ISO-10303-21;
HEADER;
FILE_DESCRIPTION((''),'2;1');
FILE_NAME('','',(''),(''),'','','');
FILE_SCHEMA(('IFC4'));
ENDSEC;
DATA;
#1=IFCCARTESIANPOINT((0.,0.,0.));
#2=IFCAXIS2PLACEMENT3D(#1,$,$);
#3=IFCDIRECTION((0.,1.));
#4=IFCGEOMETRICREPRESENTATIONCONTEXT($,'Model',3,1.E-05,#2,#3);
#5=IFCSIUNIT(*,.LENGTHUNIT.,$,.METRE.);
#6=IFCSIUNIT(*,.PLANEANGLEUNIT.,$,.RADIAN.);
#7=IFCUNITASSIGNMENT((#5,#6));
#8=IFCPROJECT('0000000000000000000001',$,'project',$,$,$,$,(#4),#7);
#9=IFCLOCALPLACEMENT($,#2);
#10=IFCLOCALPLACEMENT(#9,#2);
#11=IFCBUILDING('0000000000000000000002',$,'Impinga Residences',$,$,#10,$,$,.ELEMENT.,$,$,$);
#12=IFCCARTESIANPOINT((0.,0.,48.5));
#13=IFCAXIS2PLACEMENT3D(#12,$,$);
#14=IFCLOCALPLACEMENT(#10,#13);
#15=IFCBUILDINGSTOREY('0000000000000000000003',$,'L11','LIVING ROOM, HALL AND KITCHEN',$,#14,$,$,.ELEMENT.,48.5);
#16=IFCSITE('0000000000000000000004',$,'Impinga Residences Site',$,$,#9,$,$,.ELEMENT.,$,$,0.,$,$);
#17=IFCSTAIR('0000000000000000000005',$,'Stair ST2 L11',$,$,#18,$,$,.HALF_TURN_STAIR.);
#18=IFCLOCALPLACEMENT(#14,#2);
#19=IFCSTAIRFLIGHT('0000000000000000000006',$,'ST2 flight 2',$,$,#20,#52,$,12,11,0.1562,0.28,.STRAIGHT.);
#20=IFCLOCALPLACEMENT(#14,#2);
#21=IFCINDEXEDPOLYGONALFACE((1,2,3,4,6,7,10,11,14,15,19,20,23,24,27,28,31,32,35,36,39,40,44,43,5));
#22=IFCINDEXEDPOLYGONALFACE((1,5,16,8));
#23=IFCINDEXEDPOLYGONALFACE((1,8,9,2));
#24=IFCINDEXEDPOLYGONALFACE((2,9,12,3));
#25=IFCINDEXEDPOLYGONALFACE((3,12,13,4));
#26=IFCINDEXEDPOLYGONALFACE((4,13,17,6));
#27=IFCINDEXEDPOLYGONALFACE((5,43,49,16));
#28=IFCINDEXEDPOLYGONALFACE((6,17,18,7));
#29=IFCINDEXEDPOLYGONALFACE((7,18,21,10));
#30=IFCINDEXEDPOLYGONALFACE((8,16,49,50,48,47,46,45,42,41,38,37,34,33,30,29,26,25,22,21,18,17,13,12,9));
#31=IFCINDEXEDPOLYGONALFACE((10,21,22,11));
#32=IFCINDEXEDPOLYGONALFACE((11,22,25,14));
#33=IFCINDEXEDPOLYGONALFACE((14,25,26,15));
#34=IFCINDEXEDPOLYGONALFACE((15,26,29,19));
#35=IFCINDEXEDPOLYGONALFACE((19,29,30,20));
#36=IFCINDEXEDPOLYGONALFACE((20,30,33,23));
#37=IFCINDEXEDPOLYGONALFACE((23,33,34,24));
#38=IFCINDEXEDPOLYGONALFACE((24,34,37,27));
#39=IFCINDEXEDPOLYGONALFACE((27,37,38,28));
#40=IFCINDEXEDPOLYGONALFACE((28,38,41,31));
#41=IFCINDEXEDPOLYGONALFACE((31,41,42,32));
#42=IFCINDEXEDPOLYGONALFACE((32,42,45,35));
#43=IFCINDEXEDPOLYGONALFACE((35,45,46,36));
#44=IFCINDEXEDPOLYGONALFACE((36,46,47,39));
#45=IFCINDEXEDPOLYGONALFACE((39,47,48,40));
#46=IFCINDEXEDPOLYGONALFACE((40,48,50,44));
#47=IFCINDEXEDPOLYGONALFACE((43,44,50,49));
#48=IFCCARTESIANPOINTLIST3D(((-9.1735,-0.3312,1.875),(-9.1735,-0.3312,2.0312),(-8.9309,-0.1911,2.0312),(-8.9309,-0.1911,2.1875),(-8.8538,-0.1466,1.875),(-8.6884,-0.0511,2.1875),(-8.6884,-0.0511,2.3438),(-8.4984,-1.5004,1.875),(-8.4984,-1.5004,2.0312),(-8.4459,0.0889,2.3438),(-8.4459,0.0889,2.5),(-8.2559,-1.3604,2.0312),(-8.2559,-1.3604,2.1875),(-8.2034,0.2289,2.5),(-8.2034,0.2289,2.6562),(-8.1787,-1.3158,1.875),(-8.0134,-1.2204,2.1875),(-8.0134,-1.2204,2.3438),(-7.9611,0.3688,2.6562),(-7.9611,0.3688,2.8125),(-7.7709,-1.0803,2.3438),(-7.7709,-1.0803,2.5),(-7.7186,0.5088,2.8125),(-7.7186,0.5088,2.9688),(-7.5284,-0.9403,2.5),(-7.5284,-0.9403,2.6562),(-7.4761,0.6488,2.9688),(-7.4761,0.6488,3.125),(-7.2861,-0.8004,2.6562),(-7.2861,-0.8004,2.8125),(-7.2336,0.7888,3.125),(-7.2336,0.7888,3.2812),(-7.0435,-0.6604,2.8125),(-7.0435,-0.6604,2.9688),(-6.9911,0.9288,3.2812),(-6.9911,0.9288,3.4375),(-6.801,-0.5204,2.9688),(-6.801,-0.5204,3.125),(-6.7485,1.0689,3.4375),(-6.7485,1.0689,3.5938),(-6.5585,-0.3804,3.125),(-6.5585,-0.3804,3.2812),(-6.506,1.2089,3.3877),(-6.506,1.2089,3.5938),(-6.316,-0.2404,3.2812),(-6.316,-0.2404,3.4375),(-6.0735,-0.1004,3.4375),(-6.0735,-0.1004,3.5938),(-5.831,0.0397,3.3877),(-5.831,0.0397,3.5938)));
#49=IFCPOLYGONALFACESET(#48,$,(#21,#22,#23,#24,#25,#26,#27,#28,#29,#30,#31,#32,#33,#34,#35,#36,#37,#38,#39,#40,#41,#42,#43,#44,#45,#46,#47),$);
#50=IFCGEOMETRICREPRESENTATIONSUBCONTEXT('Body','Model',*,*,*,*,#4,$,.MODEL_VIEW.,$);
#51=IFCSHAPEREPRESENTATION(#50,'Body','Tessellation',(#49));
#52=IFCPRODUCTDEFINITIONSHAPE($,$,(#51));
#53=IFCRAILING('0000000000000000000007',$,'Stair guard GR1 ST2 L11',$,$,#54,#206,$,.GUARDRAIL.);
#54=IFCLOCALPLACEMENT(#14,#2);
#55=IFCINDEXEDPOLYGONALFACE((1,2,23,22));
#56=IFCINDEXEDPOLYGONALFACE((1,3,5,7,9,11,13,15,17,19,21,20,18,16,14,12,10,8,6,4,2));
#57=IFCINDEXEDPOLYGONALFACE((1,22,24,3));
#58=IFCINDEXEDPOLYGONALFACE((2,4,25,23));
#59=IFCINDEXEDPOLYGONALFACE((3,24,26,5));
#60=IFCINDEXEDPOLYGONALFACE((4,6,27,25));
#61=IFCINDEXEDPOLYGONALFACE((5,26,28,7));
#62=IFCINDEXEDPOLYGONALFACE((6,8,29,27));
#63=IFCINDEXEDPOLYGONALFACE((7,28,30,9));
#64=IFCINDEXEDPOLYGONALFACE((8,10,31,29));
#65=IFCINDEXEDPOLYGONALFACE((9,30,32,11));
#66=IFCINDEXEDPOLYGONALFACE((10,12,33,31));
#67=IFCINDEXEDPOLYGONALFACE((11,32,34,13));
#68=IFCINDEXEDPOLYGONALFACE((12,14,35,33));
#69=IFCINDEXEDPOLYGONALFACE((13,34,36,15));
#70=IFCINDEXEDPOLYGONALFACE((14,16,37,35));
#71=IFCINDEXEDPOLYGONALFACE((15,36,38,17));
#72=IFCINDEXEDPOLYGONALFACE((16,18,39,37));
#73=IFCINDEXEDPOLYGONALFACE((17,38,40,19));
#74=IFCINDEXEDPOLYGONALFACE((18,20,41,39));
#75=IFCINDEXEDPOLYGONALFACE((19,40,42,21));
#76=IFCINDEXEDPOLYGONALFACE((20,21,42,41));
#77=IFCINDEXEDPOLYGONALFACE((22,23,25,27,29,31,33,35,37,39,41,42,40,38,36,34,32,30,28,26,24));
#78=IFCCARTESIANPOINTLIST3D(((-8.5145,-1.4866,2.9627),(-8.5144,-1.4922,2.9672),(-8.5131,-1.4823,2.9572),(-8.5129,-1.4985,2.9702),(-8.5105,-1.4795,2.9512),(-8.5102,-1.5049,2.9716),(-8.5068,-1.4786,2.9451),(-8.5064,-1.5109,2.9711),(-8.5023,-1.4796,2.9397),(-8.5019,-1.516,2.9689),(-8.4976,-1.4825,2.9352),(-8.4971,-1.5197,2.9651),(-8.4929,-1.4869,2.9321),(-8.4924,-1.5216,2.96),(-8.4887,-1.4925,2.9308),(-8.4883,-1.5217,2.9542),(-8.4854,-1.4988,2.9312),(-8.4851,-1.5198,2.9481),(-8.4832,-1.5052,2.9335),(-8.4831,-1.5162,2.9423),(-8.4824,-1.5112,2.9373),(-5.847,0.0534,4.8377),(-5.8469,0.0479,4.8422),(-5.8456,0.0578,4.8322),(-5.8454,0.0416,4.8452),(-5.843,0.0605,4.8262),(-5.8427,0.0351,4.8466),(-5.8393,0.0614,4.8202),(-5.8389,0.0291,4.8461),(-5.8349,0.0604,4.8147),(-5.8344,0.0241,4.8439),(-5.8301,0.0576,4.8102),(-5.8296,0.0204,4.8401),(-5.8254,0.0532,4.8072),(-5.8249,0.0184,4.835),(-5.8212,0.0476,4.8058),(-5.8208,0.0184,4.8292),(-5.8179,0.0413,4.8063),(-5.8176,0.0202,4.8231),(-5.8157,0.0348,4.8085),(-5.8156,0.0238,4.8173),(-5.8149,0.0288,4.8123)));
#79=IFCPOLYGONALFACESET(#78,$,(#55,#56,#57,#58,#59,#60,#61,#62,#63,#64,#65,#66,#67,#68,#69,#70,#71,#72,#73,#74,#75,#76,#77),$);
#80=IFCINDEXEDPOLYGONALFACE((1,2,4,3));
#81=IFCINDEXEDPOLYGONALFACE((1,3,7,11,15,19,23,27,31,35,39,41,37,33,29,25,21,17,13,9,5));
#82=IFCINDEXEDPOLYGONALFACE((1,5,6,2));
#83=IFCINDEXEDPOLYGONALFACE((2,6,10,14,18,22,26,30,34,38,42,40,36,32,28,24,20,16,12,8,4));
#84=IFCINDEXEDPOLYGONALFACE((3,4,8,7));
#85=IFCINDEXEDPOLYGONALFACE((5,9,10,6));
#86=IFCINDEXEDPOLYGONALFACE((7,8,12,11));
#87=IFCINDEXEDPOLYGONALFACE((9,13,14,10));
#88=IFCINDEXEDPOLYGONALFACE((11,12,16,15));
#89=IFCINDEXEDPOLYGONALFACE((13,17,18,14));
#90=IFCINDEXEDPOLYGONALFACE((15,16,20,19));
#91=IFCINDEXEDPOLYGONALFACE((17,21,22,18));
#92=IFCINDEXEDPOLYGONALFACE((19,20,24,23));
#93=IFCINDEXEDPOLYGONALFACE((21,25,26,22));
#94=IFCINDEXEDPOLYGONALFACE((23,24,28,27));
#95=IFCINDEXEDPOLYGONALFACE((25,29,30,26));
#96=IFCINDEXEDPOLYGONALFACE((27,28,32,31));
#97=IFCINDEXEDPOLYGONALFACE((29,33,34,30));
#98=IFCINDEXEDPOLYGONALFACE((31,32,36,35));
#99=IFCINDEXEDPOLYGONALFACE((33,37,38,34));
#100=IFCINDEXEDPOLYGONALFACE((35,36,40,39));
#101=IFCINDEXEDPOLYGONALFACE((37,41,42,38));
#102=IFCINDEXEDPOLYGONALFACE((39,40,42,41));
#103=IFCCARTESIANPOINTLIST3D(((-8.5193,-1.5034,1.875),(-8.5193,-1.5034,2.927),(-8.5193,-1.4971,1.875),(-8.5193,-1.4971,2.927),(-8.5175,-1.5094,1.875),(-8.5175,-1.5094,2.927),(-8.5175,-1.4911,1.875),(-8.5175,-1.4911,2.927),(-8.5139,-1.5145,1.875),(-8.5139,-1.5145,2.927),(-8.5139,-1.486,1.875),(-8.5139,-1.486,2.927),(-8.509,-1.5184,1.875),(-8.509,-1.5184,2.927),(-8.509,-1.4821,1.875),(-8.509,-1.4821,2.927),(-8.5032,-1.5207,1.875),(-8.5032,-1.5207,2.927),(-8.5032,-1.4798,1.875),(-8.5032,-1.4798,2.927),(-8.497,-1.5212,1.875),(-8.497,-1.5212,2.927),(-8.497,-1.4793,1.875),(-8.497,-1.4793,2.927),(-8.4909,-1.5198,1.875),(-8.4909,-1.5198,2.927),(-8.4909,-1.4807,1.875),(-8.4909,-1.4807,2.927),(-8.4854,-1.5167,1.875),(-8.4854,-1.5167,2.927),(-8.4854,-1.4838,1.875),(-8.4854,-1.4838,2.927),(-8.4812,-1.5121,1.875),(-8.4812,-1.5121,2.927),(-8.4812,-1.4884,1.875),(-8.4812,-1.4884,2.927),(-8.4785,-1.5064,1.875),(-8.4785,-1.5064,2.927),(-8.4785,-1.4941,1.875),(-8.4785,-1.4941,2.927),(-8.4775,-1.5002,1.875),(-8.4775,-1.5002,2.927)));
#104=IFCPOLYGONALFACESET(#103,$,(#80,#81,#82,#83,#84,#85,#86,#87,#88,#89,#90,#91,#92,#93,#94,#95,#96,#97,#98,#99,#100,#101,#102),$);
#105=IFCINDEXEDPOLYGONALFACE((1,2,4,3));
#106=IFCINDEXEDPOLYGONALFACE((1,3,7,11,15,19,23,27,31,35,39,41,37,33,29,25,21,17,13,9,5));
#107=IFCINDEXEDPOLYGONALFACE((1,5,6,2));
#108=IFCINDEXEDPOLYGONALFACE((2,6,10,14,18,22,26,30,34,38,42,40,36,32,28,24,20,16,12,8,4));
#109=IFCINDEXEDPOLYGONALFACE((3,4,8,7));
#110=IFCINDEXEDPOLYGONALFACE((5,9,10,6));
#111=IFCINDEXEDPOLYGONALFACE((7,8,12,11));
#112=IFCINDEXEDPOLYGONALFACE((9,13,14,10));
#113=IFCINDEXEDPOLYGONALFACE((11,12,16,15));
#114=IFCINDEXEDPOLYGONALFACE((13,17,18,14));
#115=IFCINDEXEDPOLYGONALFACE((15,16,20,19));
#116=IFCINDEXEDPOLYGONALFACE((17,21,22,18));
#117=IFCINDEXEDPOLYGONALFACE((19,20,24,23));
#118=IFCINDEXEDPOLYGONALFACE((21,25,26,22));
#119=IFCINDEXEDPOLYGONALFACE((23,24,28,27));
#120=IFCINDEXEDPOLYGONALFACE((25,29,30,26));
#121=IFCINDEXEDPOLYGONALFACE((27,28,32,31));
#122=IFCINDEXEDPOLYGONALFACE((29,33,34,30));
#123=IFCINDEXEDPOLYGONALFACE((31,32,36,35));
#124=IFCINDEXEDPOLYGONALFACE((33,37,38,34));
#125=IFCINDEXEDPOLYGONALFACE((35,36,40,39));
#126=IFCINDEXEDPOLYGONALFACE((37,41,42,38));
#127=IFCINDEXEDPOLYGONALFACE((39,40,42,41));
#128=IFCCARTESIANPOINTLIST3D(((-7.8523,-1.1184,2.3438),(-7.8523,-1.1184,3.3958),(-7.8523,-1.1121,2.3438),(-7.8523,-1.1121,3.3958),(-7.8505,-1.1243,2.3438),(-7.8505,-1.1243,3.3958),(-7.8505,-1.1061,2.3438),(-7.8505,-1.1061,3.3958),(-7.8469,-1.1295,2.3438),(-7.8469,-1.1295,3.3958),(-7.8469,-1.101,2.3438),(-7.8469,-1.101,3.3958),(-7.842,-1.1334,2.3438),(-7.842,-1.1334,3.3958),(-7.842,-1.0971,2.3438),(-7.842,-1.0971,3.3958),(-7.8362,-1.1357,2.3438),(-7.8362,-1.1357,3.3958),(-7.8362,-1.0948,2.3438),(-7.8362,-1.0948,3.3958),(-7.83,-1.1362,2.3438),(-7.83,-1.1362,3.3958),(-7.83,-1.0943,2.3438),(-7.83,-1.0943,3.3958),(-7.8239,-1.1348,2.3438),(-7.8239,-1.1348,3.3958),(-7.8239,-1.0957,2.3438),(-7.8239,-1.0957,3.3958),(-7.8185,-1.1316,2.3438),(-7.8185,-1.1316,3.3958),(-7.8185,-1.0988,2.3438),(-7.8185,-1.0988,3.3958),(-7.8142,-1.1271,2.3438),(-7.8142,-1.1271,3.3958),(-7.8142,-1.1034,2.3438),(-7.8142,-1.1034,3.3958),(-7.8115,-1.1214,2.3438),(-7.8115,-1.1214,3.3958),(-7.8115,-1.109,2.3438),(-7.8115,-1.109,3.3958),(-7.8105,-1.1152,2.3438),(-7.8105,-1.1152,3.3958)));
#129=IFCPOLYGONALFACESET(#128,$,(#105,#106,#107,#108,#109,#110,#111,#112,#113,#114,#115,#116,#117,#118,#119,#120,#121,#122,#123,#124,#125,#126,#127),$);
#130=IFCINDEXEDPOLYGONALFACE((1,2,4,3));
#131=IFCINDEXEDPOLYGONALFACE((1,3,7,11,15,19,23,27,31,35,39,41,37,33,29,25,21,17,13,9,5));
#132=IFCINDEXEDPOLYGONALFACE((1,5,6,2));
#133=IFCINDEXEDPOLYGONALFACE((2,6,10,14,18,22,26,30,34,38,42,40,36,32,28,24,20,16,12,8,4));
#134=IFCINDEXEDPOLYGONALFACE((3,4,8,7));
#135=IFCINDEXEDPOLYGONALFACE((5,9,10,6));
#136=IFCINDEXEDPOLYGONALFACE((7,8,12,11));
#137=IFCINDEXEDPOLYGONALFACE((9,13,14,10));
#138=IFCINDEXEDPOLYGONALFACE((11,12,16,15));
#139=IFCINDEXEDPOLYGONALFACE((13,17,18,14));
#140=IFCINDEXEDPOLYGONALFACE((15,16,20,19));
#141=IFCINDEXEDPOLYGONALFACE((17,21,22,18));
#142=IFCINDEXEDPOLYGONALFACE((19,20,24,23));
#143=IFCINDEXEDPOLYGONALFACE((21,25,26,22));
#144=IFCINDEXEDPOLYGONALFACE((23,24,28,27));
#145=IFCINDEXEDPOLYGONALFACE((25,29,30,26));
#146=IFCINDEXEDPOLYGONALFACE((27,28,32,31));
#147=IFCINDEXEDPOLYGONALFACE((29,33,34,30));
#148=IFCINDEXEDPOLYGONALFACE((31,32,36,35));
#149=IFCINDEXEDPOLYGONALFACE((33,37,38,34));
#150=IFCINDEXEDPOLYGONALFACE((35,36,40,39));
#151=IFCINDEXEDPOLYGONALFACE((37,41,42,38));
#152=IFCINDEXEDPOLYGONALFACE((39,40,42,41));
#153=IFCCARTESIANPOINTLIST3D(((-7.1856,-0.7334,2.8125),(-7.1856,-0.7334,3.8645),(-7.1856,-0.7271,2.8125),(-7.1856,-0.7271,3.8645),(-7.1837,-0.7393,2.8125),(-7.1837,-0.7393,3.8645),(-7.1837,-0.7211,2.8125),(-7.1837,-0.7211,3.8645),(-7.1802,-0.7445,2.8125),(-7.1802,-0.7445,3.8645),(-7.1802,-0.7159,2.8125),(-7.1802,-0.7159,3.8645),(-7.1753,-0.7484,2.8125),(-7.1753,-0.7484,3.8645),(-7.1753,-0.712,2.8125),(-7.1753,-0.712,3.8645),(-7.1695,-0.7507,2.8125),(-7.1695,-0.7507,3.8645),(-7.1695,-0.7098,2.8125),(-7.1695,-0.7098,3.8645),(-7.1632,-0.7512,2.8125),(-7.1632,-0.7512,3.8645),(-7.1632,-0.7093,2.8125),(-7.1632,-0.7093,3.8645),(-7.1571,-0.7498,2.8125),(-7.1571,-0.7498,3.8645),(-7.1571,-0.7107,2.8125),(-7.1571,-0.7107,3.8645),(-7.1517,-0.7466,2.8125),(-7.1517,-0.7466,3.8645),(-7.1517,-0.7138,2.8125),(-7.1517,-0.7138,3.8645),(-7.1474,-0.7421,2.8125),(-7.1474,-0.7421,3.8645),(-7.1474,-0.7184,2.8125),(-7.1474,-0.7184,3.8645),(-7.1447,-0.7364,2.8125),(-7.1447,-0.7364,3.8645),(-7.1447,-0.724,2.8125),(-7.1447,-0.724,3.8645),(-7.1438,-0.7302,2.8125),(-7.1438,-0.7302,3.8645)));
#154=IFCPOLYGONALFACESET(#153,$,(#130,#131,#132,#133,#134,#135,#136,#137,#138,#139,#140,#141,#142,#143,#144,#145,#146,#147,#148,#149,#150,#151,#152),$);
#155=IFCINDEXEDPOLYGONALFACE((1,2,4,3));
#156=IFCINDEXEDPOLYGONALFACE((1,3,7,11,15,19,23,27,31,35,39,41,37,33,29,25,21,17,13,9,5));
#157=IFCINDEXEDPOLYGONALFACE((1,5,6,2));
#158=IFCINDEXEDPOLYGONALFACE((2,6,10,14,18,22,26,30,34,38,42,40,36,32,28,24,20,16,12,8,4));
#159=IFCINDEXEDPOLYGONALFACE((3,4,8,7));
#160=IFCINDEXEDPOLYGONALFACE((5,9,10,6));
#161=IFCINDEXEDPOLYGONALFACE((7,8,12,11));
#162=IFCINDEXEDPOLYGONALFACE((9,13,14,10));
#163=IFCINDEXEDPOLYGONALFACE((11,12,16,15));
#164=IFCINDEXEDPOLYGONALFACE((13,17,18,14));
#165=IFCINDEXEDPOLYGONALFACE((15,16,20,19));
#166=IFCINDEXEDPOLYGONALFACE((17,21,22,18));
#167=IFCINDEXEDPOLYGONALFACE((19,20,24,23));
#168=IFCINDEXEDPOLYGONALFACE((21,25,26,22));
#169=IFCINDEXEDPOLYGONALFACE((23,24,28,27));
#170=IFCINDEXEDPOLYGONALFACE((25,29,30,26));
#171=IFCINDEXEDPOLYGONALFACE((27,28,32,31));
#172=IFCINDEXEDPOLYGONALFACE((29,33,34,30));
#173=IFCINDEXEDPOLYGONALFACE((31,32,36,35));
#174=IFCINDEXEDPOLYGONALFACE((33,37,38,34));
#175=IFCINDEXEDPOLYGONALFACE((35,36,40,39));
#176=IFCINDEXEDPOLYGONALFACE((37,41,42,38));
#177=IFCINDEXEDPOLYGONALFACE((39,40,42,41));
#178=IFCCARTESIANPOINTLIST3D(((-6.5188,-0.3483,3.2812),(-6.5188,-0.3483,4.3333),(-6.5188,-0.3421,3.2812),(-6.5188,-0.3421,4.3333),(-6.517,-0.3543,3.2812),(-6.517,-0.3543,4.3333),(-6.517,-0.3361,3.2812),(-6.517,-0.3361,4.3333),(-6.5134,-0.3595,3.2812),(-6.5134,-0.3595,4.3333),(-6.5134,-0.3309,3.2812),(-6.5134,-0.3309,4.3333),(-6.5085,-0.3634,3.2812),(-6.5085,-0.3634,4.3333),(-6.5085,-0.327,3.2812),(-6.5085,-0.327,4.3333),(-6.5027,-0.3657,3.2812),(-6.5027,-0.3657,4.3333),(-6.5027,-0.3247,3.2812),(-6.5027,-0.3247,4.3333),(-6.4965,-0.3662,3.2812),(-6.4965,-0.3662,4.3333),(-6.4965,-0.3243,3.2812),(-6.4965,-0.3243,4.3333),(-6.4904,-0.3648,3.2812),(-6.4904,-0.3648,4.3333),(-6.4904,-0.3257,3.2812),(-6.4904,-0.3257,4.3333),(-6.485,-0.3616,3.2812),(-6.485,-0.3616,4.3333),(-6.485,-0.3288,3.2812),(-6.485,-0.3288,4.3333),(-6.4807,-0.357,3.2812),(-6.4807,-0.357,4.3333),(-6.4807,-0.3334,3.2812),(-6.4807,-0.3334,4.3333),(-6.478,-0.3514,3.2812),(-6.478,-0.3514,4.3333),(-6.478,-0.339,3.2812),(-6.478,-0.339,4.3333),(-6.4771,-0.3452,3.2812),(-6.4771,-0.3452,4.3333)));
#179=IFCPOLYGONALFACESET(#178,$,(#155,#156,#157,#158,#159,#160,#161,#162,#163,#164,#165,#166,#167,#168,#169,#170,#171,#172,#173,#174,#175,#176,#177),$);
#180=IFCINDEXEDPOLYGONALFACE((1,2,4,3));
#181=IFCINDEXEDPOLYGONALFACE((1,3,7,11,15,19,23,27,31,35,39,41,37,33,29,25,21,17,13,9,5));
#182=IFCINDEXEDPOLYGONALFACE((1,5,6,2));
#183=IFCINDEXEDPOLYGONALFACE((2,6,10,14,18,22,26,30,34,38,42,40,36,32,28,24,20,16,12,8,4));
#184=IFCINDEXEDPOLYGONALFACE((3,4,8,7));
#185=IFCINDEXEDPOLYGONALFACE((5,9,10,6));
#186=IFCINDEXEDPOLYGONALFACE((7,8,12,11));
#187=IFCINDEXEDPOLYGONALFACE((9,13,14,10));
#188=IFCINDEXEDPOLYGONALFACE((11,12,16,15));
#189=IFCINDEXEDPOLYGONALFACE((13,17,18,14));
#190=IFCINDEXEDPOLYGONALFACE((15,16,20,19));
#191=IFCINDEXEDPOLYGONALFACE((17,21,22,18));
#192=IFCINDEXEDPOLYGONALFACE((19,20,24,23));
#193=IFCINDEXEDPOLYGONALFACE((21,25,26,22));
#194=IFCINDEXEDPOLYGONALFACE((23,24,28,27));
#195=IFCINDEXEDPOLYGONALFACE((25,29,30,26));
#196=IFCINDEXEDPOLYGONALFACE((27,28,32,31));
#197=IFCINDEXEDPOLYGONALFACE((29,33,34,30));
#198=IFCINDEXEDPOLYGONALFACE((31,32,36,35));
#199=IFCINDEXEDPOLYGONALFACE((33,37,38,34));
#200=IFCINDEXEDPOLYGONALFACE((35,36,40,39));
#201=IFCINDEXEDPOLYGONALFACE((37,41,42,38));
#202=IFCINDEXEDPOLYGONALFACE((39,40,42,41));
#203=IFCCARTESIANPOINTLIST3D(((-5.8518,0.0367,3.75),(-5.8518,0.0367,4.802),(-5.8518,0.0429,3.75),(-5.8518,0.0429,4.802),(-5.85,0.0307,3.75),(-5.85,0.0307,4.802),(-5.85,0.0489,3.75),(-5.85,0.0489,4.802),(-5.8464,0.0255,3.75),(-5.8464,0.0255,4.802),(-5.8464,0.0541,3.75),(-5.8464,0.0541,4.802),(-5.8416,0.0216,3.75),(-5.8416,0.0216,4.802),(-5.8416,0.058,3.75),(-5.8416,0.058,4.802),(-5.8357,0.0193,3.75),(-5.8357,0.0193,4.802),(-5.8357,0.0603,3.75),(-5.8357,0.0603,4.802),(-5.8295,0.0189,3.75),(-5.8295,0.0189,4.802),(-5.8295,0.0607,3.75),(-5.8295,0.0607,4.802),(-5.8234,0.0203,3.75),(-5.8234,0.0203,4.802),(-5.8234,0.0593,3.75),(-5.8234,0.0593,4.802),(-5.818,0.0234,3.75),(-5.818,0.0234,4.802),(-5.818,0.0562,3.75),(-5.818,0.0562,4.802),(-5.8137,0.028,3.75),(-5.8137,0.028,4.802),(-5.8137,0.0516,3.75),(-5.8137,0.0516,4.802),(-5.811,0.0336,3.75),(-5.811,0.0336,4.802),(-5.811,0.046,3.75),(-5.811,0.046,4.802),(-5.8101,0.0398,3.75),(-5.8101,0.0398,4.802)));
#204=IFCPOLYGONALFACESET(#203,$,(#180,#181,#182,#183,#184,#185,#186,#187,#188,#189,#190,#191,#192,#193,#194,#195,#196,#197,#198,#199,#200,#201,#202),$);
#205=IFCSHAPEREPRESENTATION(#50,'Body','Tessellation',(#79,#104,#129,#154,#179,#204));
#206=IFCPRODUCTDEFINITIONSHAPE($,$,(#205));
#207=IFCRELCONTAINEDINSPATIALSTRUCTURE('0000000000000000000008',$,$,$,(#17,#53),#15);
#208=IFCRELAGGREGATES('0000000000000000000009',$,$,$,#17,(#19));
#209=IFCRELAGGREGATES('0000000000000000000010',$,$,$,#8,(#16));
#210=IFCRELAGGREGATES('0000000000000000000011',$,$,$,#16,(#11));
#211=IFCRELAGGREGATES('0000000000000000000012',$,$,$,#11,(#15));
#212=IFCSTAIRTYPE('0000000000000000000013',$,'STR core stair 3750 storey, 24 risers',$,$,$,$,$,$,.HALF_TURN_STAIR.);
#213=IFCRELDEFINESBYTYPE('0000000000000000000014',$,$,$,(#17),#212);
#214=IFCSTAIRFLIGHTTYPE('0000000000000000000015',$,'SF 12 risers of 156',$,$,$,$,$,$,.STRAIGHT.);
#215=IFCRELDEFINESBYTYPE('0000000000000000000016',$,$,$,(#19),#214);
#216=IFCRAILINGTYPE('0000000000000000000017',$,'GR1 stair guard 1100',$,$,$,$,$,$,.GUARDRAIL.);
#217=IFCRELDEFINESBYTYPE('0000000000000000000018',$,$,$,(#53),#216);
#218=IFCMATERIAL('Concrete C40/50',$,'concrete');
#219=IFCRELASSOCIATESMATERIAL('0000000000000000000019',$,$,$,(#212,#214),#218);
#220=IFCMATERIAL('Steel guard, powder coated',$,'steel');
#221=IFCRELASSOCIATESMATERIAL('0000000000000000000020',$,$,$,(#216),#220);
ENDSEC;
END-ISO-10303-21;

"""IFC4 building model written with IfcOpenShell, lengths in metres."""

from ifc_helpers import new_model, si_unit, direction, frame, origin, origin_2d, place, context, subcontext, project, spatial, polyline, circle, outline, extrude, material, type_object, element, aggregate, save


model = new_model("IFC4")

# Units and contexts
model_context = context("Model", 3, precision=1e-05, world=origin(), true_north=direction((0.0, 1.0)))
body_context = subcontext(model_context, "Body", "Model", "MODEL_VIEW")
ifc_project = project(units=[si_unit("LENGTHUNIT", "METRE"), si_unit("PLANEANGLEUNIT", "RADIAN")], contexts=[model_context])

# Site, building, storey
site_placement = place(None, origin())
site = spatial("IfcSite", under=ifc_project, at=site_placement, Name="Impinga Residences Site", CompositionType="ELEMENT", RefElevation=0.0)
building_placement = place(site_placement, origin())
building = spatial("IfcBuilding", under=site, at=building_placement, Name="Impinga Residences", CompositionType="ELEMENT")
storey_placement = place(building_placement, frame((0.0, 0.0, 48.5)))
storey = spatial("IfcBuildingStorey", under=building, at=storey_placement, Name="L11", Description="LIVING ROOM, HALL AND KITCHEN", CompositionType="ELEMENT", Elevation=48.5)

# Stair, stair flight
ifc_material_1 = material(Name="Concrete C40/50", Category="concrete")
stair_type = type_object("IfcStairType", Name="STR core stair 3750 storey, 24 risers", PredefinedType="HALF_TURN_STAIR", material=ifc_material_1)
stair_placement = place(storey_placement, origin())
stair = element("IfcStair", 1, at=stair_placement, inside=storey, type_object=stair_type, Name="Stair ST2 L11", PredefinedType="HALF_TURN_STAIR")
stair_flight_type = type_object("IfcStairFlightType", Name="SF 12 risers of 156", PredefinedType="STRAIGHT", material=ifc_material_1)
stair_flight_placement = place(storey_placement, frame((-8.8359, -0.9158, 1.875), z_axis=(0.0, 0.0, 1.0), x_axis=(0.866025, 0.5, 0.0)))
stair_flight = element("IfcStairFlight", 2, at=stair_flight_placement, type_object=stair_flight_type, Name="ST2 flight 2", NumberOfRisers=12, NumberOfTreads=11, PredefinedType="STRAIGHT", RiserHeight=0.1562, TreadLength=0.28, context=body_context, shape_type="SweptSolid", body=[
    extrude(outline(polyline([(0.0, 0.0), (0.0, 0.1562), (0.28, 0.1562), (0.28, 0.3125), (0.5601, 0.3125), (0.5601, 0.4688), (0.8401, 0.4688), (0.8401, 0.625), (1.1201, 0.625), (1.1201, 0.7812), (1.3999, 0.7812), (1.3999, 0.9375), (1.6799, 0.9375), (1.6799, 1.0938), (1.96, 1.0938), (1.96, 1.25), (2.24, 1.25), (2.24, 1.4062), (2.52, 1.4062), (2.52, 1.5625), (2.8, 1.5625), (2.8, 1.7188), (3.0801, 1.7188), (3.0801, 1.875), (3.0801, 1.5127), (0.3691, 0.0), (0.0, 0.0)])), frame((0.0, 0.675, 0.0), z_axis=(0.0, -1.0, 0.0), x_axis=(1.0, 0.0, 0.0)), (0.0, 0.0, 1.0), 1.3501),
])
aggregate(stair, [stair_flight])

# Railing
ifc_material_2 = material(Name="Steel guard, powder coated", Category="steel")
railing_type_1 = type_object("IfcRailingType", Name="GR1 stair guard 1100", PredefinedType="GUARDRAIL", material=ifc_material_2)
railing_1_placement = place(storey_placement, frame((-8.4985, -1.5002, 1.875)))
element("IfcRailing", 3, at=railing_1_placement, inside=storey, type_object=railing_type_1, Name="Stair guard GR1 ST2 L11", PredefinedType="GUARDRAIL", context=body_context, shape_type="SweptSolid", body=[
    extrude(circle(Radius=0.0239, at=origin_2d()), frame((0.0, 0.0, 1.0762), z_axis=(0.739746, 0.427084, 0.519975), x_axis=(-0.499992, 0.86603, 0.0)), (0.0, 0.0, 1.0), 3.606),
    extrude(circle(Radius=0.021, at=origin_2d()), origin(), (0.0, 0.0, 1.0), 1.052),
    extrude(circle(Radius=0.021, at=origin_2d()), frame((0.667, 0.385, 0.4688)), (0.0, 0.0, 1.0), 1.052),
    extrude(circle(Radius=0.021, at=origin_2d()), frame((1.3337, 0.77, 0.9375)), (0.0, 0.0, 1.0), 1.052),
    extrude(circle(Radius=0.021, at=origin_2d()), frame((2.0005, 1.155, 1.4062)), (0.0, 0.0, 1.0), 1.052),
    extrude(circle(Radius=0.021, at=origin_2d()), frame((2.6675, 1.54, 1.875)), (0.0, 0.0, 1.0), 1.052),
])

save(model, "model.ifc")
